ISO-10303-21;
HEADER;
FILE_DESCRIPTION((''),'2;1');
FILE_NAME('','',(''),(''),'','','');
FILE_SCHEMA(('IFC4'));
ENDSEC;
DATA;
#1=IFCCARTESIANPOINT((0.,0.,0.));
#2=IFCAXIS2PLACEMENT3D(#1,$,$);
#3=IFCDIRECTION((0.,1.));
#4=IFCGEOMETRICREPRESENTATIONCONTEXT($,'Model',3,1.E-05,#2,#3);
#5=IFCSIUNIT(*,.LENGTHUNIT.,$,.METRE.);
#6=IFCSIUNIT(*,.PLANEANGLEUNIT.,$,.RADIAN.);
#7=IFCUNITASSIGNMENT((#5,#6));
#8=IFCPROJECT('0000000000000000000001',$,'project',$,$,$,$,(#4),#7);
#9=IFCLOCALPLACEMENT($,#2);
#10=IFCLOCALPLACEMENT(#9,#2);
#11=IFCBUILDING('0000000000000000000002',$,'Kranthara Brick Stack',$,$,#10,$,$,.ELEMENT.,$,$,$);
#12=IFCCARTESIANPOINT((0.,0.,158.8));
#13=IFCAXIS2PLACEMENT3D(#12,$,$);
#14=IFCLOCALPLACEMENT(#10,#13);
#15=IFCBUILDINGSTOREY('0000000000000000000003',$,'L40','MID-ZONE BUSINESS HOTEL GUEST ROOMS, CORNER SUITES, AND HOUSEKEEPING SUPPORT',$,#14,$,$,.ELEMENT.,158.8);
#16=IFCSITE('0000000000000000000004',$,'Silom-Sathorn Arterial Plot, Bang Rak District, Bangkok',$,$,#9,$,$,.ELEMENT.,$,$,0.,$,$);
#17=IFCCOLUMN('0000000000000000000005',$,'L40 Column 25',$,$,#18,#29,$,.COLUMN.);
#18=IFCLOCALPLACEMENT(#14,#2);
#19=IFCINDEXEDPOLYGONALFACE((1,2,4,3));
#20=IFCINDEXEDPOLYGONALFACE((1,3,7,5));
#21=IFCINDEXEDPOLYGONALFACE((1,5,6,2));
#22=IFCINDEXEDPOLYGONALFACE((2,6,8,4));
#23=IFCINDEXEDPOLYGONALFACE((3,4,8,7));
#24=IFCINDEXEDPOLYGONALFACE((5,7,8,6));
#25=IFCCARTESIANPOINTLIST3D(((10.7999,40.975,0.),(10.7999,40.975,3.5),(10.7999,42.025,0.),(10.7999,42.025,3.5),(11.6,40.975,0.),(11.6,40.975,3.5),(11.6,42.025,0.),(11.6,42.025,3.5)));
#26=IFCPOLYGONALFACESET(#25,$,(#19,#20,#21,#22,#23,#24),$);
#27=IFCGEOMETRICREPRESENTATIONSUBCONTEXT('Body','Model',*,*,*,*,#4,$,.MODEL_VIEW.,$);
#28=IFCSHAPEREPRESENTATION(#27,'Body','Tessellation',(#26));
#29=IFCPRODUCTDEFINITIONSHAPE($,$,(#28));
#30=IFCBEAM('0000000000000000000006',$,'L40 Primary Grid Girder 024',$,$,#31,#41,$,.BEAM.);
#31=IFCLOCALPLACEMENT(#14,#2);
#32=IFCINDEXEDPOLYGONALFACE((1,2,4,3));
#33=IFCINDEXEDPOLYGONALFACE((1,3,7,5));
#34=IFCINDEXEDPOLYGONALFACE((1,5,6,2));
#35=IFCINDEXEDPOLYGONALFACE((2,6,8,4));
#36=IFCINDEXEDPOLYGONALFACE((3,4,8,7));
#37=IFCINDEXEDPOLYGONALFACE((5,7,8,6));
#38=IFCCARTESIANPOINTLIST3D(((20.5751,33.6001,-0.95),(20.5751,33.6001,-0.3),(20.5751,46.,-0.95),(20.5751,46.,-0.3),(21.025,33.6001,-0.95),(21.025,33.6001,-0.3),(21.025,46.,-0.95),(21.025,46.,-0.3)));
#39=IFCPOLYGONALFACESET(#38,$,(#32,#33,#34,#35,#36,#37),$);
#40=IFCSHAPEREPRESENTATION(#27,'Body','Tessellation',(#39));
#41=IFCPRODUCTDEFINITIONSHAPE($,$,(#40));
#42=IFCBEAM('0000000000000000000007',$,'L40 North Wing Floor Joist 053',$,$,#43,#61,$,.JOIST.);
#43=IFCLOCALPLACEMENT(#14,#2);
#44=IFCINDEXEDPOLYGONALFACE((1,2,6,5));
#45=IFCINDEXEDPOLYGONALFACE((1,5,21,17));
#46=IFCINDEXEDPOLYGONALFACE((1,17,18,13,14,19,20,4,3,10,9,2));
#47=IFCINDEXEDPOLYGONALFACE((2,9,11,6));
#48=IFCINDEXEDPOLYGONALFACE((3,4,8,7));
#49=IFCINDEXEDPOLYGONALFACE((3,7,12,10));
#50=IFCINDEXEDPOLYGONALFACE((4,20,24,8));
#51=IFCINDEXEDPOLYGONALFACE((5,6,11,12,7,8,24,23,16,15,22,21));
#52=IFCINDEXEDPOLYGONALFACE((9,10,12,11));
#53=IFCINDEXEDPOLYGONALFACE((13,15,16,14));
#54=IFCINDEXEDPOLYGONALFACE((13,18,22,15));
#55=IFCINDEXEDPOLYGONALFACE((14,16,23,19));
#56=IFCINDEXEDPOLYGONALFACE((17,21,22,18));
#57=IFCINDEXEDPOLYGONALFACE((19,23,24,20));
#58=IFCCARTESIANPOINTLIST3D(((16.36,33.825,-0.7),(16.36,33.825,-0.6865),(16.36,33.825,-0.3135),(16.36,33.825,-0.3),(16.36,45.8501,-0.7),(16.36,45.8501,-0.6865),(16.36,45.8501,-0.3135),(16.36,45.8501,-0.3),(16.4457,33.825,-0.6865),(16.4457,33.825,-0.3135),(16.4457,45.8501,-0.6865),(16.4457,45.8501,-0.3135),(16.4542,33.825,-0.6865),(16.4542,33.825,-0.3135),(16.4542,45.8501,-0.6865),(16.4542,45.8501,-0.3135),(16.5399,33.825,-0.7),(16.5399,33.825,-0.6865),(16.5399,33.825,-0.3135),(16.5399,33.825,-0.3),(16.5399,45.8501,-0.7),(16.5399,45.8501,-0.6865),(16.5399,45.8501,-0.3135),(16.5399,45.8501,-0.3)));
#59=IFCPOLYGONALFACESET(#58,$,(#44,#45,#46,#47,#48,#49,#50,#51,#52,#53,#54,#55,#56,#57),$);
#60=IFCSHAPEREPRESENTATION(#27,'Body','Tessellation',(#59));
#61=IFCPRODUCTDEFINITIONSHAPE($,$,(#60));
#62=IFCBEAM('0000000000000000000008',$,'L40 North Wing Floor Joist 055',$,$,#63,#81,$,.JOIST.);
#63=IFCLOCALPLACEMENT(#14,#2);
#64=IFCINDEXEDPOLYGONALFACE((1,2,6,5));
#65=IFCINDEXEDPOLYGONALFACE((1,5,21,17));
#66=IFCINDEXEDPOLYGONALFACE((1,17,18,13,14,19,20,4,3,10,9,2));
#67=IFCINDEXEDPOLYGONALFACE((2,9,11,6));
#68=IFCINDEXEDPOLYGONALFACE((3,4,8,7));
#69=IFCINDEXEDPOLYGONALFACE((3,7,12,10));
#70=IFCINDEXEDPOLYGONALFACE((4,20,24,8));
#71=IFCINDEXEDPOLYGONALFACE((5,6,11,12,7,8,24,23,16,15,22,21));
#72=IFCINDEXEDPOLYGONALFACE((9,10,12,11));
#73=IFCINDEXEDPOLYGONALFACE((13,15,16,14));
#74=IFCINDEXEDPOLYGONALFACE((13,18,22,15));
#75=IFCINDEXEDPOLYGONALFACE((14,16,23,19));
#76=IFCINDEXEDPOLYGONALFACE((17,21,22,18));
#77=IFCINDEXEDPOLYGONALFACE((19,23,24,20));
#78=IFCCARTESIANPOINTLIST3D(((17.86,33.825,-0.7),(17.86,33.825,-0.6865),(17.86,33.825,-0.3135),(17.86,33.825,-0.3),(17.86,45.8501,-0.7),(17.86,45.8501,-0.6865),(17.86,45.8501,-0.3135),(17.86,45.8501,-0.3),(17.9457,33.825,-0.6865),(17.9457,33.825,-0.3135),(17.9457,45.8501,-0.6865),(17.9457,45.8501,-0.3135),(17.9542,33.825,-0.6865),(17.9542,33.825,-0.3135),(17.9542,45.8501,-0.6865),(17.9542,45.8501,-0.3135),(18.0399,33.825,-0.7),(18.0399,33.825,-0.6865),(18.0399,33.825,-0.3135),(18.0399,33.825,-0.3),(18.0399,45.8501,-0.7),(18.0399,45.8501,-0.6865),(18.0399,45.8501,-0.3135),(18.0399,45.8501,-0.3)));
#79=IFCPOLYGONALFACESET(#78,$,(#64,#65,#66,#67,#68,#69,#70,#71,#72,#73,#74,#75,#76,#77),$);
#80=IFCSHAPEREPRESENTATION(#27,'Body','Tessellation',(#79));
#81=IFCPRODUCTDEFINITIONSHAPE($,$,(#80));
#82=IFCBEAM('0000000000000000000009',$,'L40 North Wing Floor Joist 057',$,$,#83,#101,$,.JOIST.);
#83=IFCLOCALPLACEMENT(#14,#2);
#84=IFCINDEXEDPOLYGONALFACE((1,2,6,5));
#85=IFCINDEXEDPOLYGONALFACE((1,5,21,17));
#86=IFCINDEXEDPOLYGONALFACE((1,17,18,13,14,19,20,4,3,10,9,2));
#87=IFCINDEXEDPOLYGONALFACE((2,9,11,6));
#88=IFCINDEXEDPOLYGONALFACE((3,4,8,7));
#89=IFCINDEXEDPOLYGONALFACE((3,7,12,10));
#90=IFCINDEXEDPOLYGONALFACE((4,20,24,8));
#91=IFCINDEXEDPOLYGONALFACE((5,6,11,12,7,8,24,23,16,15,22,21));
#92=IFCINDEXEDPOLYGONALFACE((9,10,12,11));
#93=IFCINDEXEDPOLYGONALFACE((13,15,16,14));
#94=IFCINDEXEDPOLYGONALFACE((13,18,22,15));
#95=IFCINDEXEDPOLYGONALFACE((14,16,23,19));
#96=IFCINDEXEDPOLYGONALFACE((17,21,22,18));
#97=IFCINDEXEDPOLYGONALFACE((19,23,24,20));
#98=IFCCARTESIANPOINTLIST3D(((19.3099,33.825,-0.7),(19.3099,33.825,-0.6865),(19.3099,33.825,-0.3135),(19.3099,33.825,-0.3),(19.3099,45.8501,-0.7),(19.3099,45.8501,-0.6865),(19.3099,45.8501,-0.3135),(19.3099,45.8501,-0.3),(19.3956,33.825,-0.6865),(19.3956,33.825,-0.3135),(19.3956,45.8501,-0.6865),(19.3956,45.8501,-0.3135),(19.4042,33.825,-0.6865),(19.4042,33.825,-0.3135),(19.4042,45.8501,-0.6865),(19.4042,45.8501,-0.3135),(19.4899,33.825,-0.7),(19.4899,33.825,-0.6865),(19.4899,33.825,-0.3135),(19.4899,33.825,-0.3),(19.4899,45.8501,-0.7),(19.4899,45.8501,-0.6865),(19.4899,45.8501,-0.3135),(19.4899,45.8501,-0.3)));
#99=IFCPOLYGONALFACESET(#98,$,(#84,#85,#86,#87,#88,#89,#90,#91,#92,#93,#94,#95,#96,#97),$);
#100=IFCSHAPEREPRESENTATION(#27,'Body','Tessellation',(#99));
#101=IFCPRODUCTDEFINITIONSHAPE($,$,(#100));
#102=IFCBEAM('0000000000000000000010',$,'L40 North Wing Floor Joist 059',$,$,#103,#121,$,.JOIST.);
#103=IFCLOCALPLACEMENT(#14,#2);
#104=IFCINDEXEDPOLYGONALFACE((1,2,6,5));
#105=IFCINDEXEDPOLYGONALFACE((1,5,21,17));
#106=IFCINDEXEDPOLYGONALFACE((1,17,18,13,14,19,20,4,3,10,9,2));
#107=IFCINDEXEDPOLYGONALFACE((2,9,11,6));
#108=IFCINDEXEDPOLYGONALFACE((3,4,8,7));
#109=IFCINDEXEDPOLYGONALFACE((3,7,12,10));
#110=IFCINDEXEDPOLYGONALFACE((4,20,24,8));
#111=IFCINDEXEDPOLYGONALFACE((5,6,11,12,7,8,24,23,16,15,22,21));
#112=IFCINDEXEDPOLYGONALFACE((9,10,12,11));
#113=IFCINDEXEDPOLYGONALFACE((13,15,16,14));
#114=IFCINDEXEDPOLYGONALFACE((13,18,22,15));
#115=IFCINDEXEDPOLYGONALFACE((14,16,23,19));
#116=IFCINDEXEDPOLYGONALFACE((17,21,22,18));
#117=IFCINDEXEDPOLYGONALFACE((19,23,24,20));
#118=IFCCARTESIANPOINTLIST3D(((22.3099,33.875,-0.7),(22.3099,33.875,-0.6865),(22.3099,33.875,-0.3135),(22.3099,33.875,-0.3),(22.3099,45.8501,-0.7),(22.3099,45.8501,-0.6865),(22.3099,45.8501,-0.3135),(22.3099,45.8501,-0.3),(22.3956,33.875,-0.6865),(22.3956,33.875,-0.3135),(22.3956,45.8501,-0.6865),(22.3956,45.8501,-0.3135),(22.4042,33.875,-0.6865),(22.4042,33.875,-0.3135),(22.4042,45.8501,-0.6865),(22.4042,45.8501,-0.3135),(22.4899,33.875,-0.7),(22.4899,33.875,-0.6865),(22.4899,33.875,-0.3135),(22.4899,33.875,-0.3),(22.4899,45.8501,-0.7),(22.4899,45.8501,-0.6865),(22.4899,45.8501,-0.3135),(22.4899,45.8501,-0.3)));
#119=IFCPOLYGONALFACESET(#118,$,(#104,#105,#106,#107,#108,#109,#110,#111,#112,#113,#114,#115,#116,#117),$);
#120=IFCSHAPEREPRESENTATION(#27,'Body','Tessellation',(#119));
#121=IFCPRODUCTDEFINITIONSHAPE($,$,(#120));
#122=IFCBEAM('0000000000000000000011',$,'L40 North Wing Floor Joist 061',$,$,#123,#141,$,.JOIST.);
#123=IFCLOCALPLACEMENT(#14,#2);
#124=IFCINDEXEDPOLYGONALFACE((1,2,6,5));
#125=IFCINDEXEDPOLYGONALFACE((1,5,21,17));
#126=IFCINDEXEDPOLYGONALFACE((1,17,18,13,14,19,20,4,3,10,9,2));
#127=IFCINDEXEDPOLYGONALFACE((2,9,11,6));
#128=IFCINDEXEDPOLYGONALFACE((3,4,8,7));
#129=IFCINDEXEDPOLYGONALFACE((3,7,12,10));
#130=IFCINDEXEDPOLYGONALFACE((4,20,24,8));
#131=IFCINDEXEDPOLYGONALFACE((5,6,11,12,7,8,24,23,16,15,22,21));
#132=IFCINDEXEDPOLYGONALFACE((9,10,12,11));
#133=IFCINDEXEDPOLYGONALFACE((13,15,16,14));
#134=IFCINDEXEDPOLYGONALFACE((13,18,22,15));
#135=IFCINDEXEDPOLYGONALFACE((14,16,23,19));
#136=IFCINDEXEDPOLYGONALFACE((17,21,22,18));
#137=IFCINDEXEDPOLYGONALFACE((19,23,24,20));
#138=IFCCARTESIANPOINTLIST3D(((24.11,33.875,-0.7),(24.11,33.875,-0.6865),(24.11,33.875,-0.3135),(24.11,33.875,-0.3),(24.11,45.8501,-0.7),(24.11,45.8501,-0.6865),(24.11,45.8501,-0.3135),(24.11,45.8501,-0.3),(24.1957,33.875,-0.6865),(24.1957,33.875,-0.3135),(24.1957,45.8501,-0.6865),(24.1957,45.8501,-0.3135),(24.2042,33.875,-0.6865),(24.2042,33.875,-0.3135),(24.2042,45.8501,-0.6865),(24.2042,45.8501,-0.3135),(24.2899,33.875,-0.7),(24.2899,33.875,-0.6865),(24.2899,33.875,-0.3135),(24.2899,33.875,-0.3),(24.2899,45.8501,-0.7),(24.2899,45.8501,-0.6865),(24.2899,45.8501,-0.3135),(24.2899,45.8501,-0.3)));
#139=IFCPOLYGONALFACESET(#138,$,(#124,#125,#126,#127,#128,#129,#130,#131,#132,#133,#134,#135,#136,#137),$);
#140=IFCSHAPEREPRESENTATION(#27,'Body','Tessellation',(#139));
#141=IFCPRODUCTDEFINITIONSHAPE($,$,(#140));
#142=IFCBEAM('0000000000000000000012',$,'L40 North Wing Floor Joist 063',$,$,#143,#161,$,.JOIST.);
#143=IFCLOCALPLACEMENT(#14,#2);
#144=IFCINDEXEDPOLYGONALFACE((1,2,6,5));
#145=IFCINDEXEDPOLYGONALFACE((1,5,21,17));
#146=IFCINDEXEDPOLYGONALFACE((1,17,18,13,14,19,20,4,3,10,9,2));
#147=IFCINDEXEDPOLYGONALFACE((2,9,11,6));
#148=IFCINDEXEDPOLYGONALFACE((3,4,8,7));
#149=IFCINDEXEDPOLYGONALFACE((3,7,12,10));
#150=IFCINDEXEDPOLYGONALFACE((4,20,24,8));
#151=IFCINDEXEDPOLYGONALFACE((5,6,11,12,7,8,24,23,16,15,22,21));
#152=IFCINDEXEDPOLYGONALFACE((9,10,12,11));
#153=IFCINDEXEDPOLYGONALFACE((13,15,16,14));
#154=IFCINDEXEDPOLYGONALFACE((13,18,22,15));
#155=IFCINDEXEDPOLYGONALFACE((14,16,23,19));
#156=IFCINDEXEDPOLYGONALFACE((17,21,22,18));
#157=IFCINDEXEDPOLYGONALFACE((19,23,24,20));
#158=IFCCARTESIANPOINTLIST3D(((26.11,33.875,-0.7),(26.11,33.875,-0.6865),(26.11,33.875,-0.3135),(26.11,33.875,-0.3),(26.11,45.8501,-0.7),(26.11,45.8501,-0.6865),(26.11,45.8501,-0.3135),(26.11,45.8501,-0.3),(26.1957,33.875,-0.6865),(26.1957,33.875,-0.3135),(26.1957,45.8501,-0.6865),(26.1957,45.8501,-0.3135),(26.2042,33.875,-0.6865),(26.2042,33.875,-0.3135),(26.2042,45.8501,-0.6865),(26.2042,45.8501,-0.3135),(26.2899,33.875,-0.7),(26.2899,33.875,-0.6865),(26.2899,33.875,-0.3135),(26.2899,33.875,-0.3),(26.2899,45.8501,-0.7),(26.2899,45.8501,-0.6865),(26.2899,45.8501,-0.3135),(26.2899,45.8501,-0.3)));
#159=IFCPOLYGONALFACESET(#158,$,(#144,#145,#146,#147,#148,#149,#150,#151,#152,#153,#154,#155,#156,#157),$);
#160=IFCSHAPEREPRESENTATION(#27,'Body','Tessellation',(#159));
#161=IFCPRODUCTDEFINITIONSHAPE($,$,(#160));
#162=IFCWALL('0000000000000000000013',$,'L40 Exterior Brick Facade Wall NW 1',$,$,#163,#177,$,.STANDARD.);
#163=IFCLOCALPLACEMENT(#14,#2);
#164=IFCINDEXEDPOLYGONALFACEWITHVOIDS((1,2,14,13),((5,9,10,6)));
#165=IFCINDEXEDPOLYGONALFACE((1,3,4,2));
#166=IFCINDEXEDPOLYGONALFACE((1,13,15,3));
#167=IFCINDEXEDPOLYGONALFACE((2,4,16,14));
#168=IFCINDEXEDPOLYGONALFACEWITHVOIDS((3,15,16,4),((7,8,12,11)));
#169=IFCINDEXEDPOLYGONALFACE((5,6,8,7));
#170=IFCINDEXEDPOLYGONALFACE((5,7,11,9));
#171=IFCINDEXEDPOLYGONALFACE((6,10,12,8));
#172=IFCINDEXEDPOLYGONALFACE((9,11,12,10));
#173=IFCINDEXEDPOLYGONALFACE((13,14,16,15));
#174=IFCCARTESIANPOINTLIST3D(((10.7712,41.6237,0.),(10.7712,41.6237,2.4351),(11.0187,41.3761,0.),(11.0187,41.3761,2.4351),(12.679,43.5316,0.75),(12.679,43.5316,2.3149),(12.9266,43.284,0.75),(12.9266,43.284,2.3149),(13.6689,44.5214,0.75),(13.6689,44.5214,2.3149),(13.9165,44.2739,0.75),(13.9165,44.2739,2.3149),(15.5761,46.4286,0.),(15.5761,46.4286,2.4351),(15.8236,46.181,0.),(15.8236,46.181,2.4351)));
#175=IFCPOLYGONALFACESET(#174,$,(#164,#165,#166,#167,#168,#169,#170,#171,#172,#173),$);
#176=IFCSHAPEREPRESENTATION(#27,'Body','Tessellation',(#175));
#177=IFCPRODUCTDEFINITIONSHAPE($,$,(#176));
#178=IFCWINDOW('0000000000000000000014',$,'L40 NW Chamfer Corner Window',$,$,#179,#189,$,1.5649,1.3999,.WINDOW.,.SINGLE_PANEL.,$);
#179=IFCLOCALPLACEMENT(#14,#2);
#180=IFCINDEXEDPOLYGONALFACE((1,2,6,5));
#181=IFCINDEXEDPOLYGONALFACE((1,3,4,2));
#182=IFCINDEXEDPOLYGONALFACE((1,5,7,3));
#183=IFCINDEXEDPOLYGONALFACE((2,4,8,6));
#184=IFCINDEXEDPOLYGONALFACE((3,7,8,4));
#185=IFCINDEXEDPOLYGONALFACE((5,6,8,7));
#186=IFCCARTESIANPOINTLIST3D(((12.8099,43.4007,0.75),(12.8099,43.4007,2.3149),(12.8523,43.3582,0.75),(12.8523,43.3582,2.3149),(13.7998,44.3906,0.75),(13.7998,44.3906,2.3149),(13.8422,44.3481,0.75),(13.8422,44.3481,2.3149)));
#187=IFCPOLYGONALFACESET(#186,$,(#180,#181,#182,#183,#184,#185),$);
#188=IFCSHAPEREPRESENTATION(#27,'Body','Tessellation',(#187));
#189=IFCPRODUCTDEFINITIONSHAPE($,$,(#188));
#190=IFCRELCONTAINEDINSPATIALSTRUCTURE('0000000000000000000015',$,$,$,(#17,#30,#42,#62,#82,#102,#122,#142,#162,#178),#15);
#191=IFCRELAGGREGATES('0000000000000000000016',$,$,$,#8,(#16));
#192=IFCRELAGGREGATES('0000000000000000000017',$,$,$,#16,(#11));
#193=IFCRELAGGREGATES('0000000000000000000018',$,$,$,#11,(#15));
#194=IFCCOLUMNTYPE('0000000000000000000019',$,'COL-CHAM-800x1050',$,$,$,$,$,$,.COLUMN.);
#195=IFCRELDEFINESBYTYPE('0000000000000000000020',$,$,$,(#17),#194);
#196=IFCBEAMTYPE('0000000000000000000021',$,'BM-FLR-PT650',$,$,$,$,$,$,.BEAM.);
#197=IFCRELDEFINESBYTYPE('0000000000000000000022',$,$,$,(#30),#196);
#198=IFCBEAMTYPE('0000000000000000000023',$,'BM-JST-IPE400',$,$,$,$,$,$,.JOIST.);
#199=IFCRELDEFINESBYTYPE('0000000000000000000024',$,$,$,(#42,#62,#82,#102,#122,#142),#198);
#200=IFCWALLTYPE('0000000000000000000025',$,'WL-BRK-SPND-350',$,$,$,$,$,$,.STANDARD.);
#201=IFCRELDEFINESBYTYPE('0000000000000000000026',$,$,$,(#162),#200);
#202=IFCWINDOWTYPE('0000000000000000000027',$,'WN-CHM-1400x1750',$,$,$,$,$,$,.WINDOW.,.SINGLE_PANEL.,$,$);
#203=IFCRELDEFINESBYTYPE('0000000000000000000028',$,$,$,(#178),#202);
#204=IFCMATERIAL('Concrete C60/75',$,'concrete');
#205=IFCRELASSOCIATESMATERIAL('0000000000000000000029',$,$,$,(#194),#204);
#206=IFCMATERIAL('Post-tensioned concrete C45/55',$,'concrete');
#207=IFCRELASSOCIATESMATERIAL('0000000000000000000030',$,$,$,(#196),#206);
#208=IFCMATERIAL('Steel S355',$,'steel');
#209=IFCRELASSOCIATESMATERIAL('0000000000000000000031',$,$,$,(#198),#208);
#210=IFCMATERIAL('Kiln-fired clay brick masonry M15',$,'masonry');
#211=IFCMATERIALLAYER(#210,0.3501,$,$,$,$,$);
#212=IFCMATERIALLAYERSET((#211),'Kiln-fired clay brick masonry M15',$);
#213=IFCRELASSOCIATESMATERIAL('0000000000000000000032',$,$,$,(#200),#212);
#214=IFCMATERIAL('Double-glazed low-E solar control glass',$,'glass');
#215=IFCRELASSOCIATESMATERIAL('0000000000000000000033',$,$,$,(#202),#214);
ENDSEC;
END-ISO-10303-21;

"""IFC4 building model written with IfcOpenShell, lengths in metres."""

from ifc_helpers import new_model, si_unit, direction, frame, frame_2d, origin, origin_2d, place, context, subcontext, project, spatial, rectangle, i_section, extrude, material, layer, layer_set, material_profile, profile_set, type_object, element, fill, save


model = new_model("IFC4")

# Units and contexts
model_context = context("Model", 3, precision=1e-05, world=origin(), true_north=direction((0.0, 1.0)))
body_context = subcontext(model_context, "Body", "Model", "MODEL_VIEW")
ifc_project = project(units=[si_unit("LENGTHUNIT", "METRE"), si_unit("PLANEANGLEUNIT", "RADIAN")], contexts=[model_context])

# Site, building, storey
site_placement = place(None, origin())
site = spatial("IfcSite", under=ifc_project, at=site_placement, Name="Silom-Sathorn Arterial Plot, Bang Rak District, Bangkok", CompositionType="ELEMENT", RefElevation=0.0)
building_placement = place(site_placement, origin())
building = spatial("IfcBuilding", under=site, at=building_placement, Name="Kranthara Brick Stack", CompositionType="ELEMENT")
storey_placement = place(building_placement, frame((0.0, 0.0, 158.8)))
storey = spatial("IfcBuildingStorey", under=building, at=storey_placement, Name="L40", Description="MID-ZONE BUSINESS HOTEL GUEST ROOMS, CORNER SUITES, AND HOUSEKEEPING SUPPORT", CompositionType="ELEMENT", Elevation=158.8)

# Column
ifc_material_1 = material(Name="Concrete C60/75", Category="concrete")
ifc_material_profile_1 = material_profile(ifc_material_1, rectangle(XDim=0.8, YDim=1.05, at=origin_2d()), Name="RC 800x1050")
ifc_profile_set_1 = profile_set([ifc_material_profile_1], Name="Concrete C60/75")
column_type = type_object("IfcColumnType", Name="COL-CHAM-800x1050", PredefinedType="COLUMN", material=ifc_profile_set_1)
column_placement = place(storey_placement, frame((11.2, 41.5, 0.0), z_axis=(0.0, 0.0, 1.0), x_axis=(1.0, 0.0, 0.0)))
element("IfcColumn", 1, at=column_placement, inside=storey, type_object=column_type, Name="L40 Column 25", PredefinedType="COLUMN", context=body_context, shape_type="SweptSolid", body=[
    extrude(rectangle(XDim=0.8, YDim=1.05, at=origin_2d()), origin(), (0.0, 0.0, 1.0), 3.5),
])

# Beams
ifc_material_2 = material(Name="Post-tensioned concrete C45/55", Category="concrete")
ifc_material_profile_2 = material_profile(ifc_material_2, rectangle(XDim=0.45, YDim=0.6499, at=origin_2d()), Name="PT 450x650")
ifc_profile_set_2 = profile_set([ifc_material_profile_2], Name="Post-tensioned concrete C45/55")
beam_type_1 = type_object("IfcBeamType", Name="BM-FLR-PT650", PredefinedType="BEAM", material=ifc_profile_set_2)
beam_placement = place(storey_placement, frame((20.8, 33.6001, -0.625), z_axis=(0.0, 1.0, 0.0), x_axis=(-1.0, 0.0, 0.0)))
element("IfcBeam", 2, at=beam_placement, inside=storey, type_object=beam_type_1, Name="L40 Primary Grid Girder 024", PredefinedType="BEAM", context=body_context, shape_type="SweptSolid", body=[
    extrude(rectangle(XDim=0.45, YDim=0.6499, at=origin_2d()), origin(), (0.0, 0.0, 1.0), 12.3999),
])
ifc_material_3 = material(Name="Steel S355", Category="steel")
ifc_material_profile_3 = material_profile(ifc_material_3, i_section(OverallWidth=0.1799, OverallDepth=0.3999, WebThickness=0.0085, FlangeThickness=0.0134, at=origin_2d()), Name="IPE 400")
ifc_profile_set_3 = profile_set([ifc_material_profile_3], Name="Steel S355")
beam_type_2 = type_object("IfcBeamType", Name="BM-JST-IPE400", PredefinedType="JOIST", material=ifc_profile_set_3)
for number, where, z_axis, x_axis, name in (
    (3, (16.45, 33.825, -0.5), (0.0, 1.0, 0.0), (-1.0, 0.0, 0.0), "L40 North Wing Floor Joist 053"),
    (4, (17.95, 33.825, -0.5), (0.0, 1.0, 0.0), (-1.0, 0.0, 0.0), "L40 North Wing Floor Joist 055"),
    (5, (19.3999, 33.825, -0.5), (0.0, 1.0, 0.0), (-1.0, 0.0, 0.0), "L40 North Wing Floor Joist 057"),
):
    element("IfcBeam", number, at=place(storey_placement, frame(where, z_axis=z_axis, x_axis=x_axis)), inside=storey, type_object=beam_type_2, Name=name, PredefinedType="JOIST", context=body_context, shape_type="SweptSolid", body=[
        extrude(i_section(OverallWidth=0.1799, OverallDepth=0.3999, WebThickness=0.0085, FlangeThickness=0.0134, at=origin_2d()), origin(), (0.0, 0.0, 1.0), 12.0251),
    ])
for number, where, z_axis, x_axis, name in (
    (6, (22.3999, 33.875, -0.5), (0.0, 1.0, 0.0), (-1.0, 0.0, 0.0), "L40 North Wing Floor Joist 059"),
    (7, (24.2, 33.875, -0.5), (0.0, 1.0, 0.0), (-1.0, 0.0, 0.0), "L40 North Wing Floor Joist 061"),
    (8, (26.2, 33.875, -0.5), (0.0, 1.0, 0.0), (-1.0, 0.0, 0.0), "L40 North Wing Floor Joist 063"),
):
    element("IfcBeam", number, at=place(storey_placement, frame(where, z_axis=z_axis, x_axis=x_axis)), inside=storey, type_object=beam_type_2, Name=name, PredefinedType="JOIST", context=body_context, shape_type="SweptSolid", body=[
        extrude(i_section(OverallWidth=0.1799, OverallDepth=0.3999, WebThickness=0.0085, FlangeThickness=0.0134, at=origin_2d()), origin(), (0.0, 0.0, 1.0), 11.9751),
    ])

# Wall, opening, window
ifc_material_4 = material(Name="Kiln-fired clay brick masonry M15", Category="masonry")
ifc_layer_1 = layer(ifc_material_4, 0.3501)
ifc_layer_set_1 = layer_set([ifc_layer_1], Name="Kiln-fired clay brick masonry M15")
wall_type_1 = type_object("IfcWallType", Name="WL-BRK-SPND-350", PredefinedType="STANDARD", material=ifc_layer_set_1)
wall_1_placement = place(storey_placement, frame((10.895, 41.5, 0.0), z_axis=(0.0, 0.0, 1.0), x_axis=(0.707107, 0.707107, 0.0)))
wall_1 = element("IfcWall", 9, at=wall_1_placement, inside=storey, type_object=wall_type_1, Name="L40 Exterior Brick Facade Wall NW 1", PredefinedType="STANDARD", context=body_context, shape_type="SweptSolid", body=[
    extrude(rectangle(XDim=6.7952, YDim=0.3501, at=frame_2d((3.3975, 0.0))), origin(), (0.0, 0.0, 1.0), 2.4351),
])
opening_1_placement = place(wall_1_placement, frame((2.698, 0.0, 0.75)))
opening_1 = element("IfcOpeningElement", 10, at=opening_1_placement, cuts=wall_1, PredefinedType="OPENING", context=body_context, shape_type="SweptSolid", body=[
    extrude(rectangle(XDim=1.3999, YDim=1.5649, at=frame_2d((0.7, 0.7825))), frame((0.0, 0.1851, 0.0), z_axis=(0.0, -1.0, 0.0), x_axis=(1.0, 0.0, 0.0)), (0.0, 0.0, 1.0), 0.3701),
])
ifc_material_5 = material(Name="Double-glazed low-E solar control glass", Category="glass")
window_type = type_object("IfcWindowType", Name="WN-CHM-1400x1750", PartitioningType="SINGLE_PANEL", PredefinedType="WINDOW", material=ifc_material_5)
window_placement = place(opening_1_placement, origin())
window = element("IfcWindow", 11, at=window_placement, inside=storey, type_object=window_type, Name="L40 NW Chamfer Corner Window", OverallHeight=1.5649, OverallWidth=1.3999, PartitioningType="SINGLE_PANEL", PredefinedType="WINDOW", context=body_context, shape_type="SweptSolid", body=[
    extrude(rectangle(XDim=1.3999, YDim=1.5649, at=frame_2d((0.7, 0.7825))), frame((0.0, -0.01, 0.0), z_axis=(0.0, -1.0, 0.0), x_axis=(1.0, 0.0, 0.0)), (0.0, 0.0, 1.0), 0.0601),
])
fill(opening_1, window)

save(model, "model.ifc")
